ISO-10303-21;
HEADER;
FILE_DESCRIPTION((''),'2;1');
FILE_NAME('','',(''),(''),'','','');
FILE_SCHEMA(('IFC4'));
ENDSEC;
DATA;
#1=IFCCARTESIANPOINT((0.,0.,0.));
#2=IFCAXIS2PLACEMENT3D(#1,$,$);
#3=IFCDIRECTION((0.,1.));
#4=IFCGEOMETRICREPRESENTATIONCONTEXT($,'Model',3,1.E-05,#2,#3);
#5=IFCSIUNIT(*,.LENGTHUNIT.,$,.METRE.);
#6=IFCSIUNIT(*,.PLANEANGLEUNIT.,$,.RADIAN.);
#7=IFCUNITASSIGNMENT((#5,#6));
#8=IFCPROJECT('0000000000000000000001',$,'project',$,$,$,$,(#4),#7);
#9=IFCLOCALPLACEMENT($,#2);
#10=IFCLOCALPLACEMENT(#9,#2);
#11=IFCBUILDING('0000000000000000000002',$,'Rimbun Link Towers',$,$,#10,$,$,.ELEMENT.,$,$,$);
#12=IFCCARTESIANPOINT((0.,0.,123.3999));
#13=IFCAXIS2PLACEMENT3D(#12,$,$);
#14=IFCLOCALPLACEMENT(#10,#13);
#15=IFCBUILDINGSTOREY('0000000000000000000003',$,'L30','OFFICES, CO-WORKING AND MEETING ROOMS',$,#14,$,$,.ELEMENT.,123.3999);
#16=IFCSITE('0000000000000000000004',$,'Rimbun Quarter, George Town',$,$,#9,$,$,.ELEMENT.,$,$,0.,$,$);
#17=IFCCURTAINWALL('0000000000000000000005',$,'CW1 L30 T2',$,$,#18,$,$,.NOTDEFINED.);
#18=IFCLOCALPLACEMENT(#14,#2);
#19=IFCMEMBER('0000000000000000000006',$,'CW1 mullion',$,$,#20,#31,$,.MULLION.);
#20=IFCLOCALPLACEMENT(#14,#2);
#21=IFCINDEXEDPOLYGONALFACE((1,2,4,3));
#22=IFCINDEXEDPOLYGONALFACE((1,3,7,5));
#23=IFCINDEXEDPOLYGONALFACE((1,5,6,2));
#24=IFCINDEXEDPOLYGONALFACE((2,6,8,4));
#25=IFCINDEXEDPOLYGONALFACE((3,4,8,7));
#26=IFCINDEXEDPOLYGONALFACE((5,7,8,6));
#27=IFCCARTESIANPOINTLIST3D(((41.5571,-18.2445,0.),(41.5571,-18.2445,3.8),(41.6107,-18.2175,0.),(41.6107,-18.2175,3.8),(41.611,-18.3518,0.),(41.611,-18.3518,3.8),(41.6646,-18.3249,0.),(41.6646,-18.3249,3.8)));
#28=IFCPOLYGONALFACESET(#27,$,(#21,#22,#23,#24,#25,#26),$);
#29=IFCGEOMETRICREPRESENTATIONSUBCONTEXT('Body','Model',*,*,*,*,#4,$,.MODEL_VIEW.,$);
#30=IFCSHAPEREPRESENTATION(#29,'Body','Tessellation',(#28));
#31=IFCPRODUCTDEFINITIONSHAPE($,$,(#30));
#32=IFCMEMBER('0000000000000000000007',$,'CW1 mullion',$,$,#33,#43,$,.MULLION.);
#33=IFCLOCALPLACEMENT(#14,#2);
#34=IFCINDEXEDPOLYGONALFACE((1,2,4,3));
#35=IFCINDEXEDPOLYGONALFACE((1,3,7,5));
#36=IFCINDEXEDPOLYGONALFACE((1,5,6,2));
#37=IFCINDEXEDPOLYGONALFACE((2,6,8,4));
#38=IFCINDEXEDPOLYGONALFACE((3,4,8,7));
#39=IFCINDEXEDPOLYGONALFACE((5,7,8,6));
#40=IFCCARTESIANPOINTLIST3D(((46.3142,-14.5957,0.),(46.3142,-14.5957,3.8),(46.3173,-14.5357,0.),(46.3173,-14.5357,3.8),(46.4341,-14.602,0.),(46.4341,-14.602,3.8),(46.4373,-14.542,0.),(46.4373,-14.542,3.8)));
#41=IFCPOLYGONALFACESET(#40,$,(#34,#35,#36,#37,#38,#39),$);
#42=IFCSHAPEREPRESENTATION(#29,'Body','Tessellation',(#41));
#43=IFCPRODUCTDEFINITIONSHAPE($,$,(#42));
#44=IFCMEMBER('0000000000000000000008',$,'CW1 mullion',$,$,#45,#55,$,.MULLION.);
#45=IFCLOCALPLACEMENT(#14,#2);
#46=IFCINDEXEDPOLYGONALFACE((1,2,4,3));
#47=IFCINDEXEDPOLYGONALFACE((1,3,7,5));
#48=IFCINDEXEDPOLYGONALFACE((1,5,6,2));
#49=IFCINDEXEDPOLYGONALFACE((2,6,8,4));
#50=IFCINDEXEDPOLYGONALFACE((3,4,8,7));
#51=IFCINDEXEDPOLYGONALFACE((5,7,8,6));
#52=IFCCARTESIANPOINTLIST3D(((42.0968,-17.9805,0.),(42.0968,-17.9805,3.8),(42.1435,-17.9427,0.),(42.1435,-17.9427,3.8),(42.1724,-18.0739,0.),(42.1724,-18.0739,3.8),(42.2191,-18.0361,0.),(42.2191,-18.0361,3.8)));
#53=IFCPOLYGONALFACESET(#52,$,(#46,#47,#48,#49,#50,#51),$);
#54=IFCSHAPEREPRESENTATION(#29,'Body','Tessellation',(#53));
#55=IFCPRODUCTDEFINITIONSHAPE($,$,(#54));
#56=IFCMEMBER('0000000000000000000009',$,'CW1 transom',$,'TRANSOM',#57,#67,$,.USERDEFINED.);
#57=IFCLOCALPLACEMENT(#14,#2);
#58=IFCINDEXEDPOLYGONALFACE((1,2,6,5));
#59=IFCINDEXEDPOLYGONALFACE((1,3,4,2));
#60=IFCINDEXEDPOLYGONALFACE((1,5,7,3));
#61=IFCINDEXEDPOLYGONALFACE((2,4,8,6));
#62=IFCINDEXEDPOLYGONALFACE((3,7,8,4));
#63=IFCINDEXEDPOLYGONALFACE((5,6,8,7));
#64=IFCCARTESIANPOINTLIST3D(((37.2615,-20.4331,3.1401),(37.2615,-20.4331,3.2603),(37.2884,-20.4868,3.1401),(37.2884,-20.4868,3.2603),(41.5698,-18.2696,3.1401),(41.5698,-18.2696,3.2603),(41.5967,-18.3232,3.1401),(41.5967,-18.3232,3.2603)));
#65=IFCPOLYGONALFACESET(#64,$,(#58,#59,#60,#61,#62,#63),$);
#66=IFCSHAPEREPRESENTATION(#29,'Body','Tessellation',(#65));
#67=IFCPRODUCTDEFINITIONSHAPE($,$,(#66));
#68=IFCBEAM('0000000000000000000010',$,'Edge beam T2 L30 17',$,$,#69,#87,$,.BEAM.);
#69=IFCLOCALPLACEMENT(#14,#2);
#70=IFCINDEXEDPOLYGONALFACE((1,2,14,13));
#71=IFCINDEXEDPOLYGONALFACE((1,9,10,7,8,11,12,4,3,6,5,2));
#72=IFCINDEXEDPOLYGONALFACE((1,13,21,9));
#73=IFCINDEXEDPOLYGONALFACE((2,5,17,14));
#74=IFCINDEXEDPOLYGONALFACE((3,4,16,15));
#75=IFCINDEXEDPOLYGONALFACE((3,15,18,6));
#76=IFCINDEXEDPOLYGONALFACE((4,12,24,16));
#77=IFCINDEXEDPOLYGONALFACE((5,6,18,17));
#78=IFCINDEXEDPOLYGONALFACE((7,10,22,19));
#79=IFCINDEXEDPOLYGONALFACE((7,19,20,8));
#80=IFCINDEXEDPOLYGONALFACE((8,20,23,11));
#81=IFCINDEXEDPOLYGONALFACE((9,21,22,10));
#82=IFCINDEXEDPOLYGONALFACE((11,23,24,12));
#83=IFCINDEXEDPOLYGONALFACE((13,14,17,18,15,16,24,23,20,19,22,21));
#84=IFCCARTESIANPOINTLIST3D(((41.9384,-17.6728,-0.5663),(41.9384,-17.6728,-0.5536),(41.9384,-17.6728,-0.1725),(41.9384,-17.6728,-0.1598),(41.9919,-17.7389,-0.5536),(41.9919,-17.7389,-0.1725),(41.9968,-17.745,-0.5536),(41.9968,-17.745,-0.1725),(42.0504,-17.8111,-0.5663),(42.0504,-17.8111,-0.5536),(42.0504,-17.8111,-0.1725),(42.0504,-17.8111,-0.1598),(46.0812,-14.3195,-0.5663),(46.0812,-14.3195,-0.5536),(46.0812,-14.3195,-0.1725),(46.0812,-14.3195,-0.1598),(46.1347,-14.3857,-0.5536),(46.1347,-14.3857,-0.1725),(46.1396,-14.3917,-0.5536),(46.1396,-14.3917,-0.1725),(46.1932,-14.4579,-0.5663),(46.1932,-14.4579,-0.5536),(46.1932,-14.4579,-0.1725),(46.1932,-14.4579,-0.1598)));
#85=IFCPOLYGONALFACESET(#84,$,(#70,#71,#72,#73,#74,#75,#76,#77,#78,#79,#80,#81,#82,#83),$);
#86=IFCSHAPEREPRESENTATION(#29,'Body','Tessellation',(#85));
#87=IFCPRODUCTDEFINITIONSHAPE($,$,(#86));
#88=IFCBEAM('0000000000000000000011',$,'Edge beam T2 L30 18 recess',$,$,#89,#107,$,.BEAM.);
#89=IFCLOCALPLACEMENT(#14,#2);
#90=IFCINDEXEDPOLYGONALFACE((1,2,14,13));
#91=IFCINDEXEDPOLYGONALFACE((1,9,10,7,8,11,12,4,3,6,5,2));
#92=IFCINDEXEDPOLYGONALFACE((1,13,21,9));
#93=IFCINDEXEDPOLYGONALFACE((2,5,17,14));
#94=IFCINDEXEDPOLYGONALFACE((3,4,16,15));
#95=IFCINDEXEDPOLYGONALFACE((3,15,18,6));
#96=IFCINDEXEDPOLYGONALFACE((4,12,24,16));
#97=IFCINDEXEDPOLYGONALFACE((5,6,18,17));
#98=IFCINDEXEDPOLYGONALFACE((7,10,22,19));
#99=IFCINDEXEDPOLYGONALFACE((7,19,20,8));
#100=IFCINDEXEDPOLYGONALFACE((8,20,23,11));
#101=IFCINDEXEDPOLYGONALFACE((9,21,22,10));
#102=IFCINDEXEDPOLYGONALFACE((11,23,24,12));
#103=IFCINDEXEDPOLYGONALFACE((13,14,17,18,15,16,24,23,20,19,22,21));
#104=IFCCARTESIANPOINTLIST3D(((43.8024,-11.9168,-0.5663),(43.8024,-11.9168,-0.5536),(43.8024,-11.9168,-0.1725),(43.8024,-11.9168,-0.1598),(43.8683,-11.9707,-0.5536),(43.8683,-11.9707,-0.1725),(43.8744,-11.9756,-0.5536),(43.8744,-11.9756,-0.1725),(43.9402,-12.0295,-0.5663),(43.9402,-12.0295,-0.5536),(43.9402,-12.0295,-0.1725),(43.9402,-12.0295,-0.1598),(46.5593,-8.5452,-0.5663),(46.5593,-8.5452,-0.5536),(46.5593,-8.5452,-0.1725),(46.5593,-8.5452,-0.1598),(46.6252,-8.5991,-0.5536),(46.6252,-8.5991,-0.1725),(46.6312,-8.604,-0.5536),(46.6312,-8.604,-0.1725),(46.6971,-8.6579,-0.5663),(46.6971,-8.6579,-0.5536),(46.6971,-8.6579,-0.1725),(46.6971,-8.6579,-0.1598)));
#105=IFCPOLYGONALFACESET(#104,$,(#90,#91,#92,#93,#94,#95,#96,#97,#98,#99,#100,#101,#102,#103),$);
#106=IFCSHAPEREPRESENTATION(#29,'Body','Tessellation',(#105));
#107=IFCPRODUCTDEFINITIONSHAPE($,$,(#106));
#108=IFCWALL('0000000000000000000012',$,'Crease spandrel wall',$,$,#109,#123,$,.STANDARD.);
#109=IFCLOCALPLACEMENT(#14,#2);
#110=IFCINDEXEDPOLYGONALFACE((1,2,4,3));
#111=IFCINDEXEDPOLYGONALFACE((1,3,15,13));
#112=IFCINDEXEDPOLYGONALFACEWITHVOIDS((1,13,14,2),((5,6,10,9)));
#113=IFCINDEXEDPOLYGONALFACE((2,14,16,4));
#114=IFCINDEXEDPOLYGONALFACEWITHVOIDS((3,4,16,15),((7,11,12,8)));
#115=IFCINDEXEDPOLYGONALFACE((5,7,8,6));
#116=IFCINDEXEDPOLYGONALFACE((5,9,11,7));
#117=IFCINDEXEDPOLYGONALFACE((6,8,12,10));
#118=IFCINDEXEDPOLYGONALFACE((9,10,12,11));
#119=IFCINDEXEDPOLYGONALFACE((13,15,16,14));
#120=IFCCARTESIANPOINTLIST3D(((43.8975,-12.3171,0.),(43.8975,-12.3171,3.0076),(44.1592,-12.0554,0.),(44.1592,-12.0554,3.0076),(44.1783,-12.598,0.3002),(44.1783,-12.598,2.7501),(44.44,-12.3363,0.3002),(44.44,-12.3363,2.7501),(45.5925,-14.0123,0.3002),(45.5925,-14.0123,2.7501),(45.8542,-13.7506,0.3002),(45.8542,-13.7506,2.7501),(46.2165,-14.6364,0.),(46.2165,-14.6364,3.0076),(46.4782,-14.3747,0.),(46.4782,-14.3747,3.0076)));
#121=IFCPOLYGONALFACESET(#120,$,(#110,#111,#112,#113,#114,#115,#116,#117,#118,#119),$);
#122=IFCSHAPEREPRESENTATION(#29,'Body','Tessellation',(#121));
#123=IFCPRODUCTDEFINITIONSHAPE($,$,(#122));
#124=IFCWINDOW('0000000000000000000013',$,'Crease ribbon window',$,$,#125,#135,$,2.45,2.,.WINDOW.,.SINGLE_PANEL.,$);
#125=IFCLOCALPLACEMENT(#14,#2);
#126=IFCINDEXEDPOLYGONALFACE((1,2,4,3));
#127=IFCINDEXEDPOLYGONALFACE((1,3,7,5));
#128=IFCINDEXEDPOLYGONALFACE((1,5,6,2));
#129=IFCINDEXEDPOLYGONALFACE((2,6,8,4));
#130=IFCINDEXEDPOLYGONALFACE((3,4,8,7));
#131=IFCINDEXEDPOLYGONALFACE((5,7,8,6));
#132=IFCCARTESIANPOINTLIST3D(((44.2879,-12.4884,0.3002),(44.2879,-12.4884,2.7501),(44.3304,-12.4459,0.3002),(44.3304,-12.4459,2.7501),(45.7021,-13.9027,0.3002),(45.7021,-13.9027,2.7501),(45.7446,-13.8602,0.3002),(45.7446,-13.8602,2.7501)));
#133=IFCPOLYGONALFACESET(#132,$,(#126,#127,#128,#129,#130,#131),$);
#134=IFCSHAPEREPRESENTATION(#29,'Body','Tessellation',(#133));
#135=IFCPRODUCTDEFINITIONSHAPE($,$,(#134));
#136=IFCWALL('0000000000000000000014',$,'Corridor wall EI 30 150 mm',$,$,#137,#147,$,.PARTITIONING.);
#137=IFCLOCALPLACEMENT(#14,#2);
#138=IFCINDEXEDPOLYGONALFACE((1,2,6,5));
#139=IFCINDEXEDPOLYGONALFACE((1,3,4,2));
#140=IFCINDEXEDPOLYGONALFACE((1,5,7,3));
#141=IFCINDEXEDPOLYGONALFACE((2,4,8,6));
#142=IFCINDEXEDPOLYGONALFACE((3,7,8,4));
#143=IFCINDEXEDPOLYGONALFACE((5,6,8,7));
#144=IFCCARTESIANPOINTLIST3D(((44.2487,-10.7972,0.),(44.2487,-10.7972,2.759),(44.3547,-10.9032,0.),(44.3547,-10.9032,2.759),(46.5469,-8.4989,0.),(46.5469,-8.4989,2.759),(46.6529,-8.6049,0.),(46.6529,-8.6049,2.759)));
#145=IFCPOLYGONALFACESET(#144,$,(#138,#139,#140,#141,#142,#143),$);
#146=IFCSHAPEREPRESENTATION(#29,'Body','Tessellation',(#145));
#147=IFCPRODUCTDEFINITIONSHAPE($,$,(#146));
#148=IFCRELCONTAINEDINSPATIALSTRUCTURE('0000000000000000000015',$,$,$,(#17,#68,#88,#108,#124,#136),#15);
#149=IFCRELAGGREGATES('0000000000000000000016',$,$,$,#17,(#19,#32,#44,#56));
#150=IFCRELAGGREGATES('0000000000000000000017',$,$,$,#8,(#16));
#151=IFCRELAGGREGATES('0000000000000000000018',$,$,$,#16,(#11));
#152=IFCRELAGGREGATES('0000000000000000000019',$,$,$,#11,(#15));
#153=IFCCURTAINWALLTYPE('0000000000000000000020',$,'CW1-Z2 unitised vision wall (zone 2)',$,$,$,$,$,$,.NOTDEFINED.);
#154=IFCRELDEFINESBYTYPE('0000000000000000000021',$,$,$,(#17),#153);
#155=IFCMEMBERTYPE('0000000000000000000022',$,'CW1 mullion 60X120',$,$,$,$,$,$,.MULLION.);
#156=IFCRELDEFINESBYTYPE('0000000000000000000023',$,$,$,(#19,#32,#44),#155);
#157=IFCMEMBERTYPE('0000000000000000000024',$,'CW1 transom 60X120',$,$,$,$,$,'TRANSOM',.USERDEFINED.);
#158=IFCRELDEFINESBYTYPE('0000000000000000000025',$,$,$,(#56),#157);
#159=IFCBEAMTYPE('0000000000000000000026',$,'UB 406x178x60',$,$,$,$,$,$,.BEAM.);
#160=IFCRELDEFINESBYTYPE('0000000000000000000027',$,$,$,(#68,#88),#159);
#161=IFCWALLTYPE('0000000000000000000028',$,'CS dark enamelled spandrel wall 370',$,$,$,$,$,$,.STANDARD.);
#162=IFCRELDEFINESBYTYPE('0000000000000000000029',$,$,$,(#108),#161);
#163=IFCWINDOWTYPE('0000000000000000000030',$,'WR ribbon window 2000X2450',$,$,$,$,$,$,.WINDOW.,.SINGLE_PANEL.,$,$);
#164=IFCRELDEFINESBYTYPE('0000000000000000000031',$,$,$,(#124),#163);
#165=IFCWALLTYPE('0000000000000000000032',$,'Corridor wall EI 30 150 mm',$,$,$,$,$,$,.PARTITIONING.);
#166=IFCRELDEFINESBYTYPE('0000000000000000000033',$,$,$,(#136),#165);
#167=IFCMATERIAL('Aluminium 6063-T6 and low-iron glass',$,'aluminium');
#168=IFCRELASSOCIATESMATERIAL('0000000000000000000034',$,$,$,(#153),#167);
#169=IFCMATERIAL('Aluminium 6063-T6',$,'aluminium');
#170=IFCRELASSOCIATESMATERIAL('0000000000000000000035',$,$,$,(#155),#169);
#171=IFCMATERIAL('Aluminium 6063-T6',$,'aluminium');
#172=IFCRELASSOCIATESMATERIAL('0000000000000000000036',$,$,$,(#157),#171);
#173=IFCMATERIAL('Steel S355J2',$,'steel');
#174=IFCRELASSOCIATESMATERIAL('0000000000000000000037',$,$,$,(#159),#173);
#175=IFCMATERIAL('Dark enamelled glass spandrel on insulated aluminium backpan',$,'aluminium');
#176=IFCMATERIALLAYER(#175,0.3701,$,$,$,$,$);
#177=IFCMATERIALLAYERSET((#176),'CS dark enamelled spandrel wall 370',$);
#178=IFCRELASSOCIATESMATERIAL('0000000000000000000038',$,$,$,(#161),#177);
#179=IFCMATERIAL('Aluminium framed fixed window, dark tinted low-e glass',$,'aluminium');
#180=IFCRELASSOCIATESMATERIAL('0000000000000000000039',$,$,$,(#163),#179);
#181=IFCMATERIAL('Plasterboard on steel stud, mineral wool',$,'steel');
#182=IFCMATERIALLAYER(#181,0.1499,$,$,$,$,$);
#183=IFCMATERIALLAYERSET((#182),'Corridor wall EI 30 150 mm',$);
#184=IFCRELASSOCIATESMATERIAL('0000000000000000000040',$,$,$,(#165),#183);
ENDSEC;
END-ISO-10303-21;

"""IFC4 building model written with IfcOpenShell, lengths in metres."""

from ifc_helpers import new_model, si_unit, direction, frame, frame_2d, origin, origin_2d, place, context, subcontext, project, spatial, rectangle, i_section, extrude, material, layer, layer_set, material_profile, profile_set, type_object, element, fill, aggregate, save


model = new_model("IFC4")

# Units and contexts
model_context = context("Model", 3, precision=1e-05, world=origin(), true_north=direction((0.0, 1.0)))
body_context = subcontext(model_context, "Body", "Model", "MODEL_VIEW")
ifc_project = project(units=[si_unit("LENGTHUNIT", "METRE"), si_unit("PLANEANGLEUNIT", "RADIAN")], contexts=[model_context])

# Site, building, storey
site_placement = place(None, origin())
site = spatial("IfcSite", under=ifc_project, at=site_placement, Name="Rimbun Quarter, George Town", CompositionType="ELEMENT", RefElevation=0.0)
building_placement = place(site_placement, origin())
building = spatial("IfcBuilding", under=site, at=building_placement, Name="Rimbun Link Towers", CompositionType="ELEMENT")
storey_placement = place(building_placement, frame((0.0, 0.0, 123.3999)))
storey = spatial("IfcBuildingStorey", under=building, at=storey_placement, Name="L30", Description="OFFICES, CO-WORKING AND MEETING ROOMS", CompositionType="ELEMENT", Elevation=123.3999)

# Curtain wall, members
ifc_material_1 = material(Name="Aluminium 6063-T6 and low-iron glass", Category="aluminium")
curtain_wall_type = type_object("IfcCurtainWallType", Name="CW1-Z2 unitised vision wall (zone 2)", PredefinedType="NOTDEFINED", material=ifc_material_1)
curtain_wall_placement = place(storey_placement, origin())
curtain_wall = element("IfcCurtainWall", 1, at=curtain_wall_placement, inside=storey, type_object=curtain_wall_type, Name="CW1 L30 T2", PredefinedType="NOTDEFINED")
ifc_material_2 = material(Name="Aluminium 6063-T6", Category="aluminium")
ifc_material_profile_1 = material_profile(ifc_material_2, rectangle(XDim=0.1201, YDim=0.0601, at=origin_2d()), Name="MULLION 60X120")
ifc_profile_set_1 = profile_set([ifc_material_profile_1], Name="Aluminium 6063-T6")
member_type_1 = type_object("IfcMemberType", Name="CW1 mullion 60X120", PredefinedType="MULLION", material=ifc_profile_set_1)
member_1_placement = place(storey_placement, frame((41.6108, -18.2847, 0.0), z_axis=(0.0, 0.0, 1.0), x_axis=(0.448789, -0.893638, 0.0)))
member_1 = element("IfcMember", 2, at=member_1_placement, type_object=member_type_1, Name="CW1 mullion", PredefinedType="MULLION", context=body_context, shape_type="SweptSolid", body=[
    extrude(rectangle(XDim=0.1201, YDim=0.0601, at=origin_2d()), origin(), (0.0, 0.0, 1.0), 3.8),
])
member_2_placement = place(storey_placement, frame((46.3757, -14.5688, 0.0), z_axis=(0.0, 0.0, 1.0), x_axis=(0.998624, -0.05244, 0.0)))
member_2 = element("IfcMember", 3, at=member_2_placement, type_object=member_type_1, Name="CW1 mullion", PredefinedType="MULLION", context=body_context, shape_type="SweptSolid", body=[
    extrude(rectangle(XDim=0.1201, YDim=0.0601, at=origin_2d()), origin(), (0.0, 0.0, 1.0), 3.8),
])
member_3_placement = place(storey_placement, frame((42.158, -18.0083, 0.0), z_axis=(0.0, 0.0, 1.0), x_axis=(0.629158, -0.777277, 0.0)))
member_3 = element("IfcMember", 4, at=member_3_placement, type_object=member_type_1, Name="CW1 mullion", PredefinedType="MULLION", context=body_context, shape_type="SweptSolid", body=[
    extrude(rectangle(XDim=0.1201, YDim=0.0601, at=origin_2d()), origin(), (0.0, 0.0, 1.0), 3.8),
])
ifc_material_3 = material(Name="Aluminium 6063-T6", Category="aluminium")
ifc_material_profile_2 = material_profile(ifc_material_3, rectangle(XDim=0.0601, YDim=0.1201, at=origin_2d()), Name="TRANSOM 60X120")
ifc_profile_set_2 = profile_set([ifc_material_profile_2], Name="Aluminium 6063-T6")
member_type_2 = type_object("IfcMemberType", Name="CW1 transom 60X120", ElementType="TRANSOM", PredefinedType="USERDEFINED", material=ifc_profile_set_2)
member_4_placement = place(storey_placement, frame((41.5833, -18.2964, 3.2002), z_axis=(-0.893646, -0.448773, 0.0), x_axis=(0.448773, -0.893646, 0.0)))
member_4 = element("IfcMember", 5, at=member_4_placement, type_object=member_type_2, Name="CW1 transom", ObjectType="TRANSOM", PredefinedType="USERDEFINED", context=body_context, shape_type="SweptSolid", body=[
    extrude(rectangle(XDim=0.0601, YDim=0.1201, at=origin_2d()), origin(), (0.0, 0.0, 1.0), 4.821),
])
aggregate(curtain_wall, [member_1, member_2, member_3, member_4])

# Beams
ifc_material_4 = material(Name="Steel S355J2", Category="steel")
ifc_material_profile_3 = material_profile(ifc_material_4, i_section(OverallWidth=0.178, OverallDepth=0.4065, WebThickness=0.0078, FlangeThickness=0.0127, at=origin_2d()), Name="UB 406x178x60")
ifc_profile_set_3 = profile_set([ifc_material_profile_3], Name="Steel S355J2")
beam_type = type_object("IfcBeamType", Name="UB 406x178x60", PredefinedType="BEAM", material=ifc_profile_set_3)
beam_1_placement = place(storey_placement, frame((41.9944, -17.7419, -0.363), z_axis=(0.777285, 0.629148, 0.0), x_axis=(-0.629148, 0.777285, 0.0)))
element("IfcBeam", 6, at=beam_1_placement, inside=storey, type_object=beam_type, Name="Edge beam T2 L30 17", PredefinedType="BEAM", context=body_context, shape_type="SweptSolid", body=[
    extrude(i_section(OverallWidth=0.178, OverallDepth=0.4065, WebThickness=0.0078, FlangeThickness=0.0127, at=origin_2d()), origin(), (0.0, 0.0, 1.0), 5.3298),
])
beam_2_placement = place(storey_placement, frame((43.8713, -11.9731, -0.363), z_axis=(0.633, 0.774152, 0.0), x_axis=(-0.774152, 0.633, 0.0)))
element("IfcBeam", 7, at=beam_2_placement, inside=storey, type_object=beam_type, Name="Edge beam T2 L30 18 recess", PredefinedType="BEAM", context=body_context, shape_type="SweptSolid", body=[
    extrude(i_section(OverallWidth=0.178, OverallDepth=0.4065, WebThickness=0.0078, FlangeThickness=0.0127, at=origin_2d()), origin(), (0.0, 0.0, 1.0), 4.3552),
])

# Wall, opening, window
ifc_material_5 = material(Name="Dark enamelled glass spandrel on insulated aluminium backpan", Category="aluminium")
ifc_layer_1 = layer(ifc_material_5, 0.3701)
ifc_layer_set_1 = layer_set([ifc_layer_1], Name="CS dark enamelled spandrel wall 370")
wall_type_1 = type_object("IfcWallType", Name="CS dark enamelled spandrel wall 370", PredefinedType="STANDARD", material=ifc_layer_set_1)
wall_1_placement = place(storey_placement, frame((44.0283, -12.1863, 0.0), z_axis=(0.0, 0.0, 1.0), x_axis=(0.70707, -0.707144, 0.0)))
wall_1 = element("IfcWall", 8, at=wall_1_placement, inside=storey, type_object=wall_type_1, Name="Crease spandrel wall", PredefinedType="STANDARD", context=body_context, shape_type="SweptSolid", body=[
    extrude(rectangle(XDim=3.2798, YDim=0.3701, at=frame_2d((1.6399, 0.0))), origin(), (0.0, 0.0, 1.0), 3.0076),
])
opening_1_placement = place(wall_1_placement, frame((0.3972, 0.0, 0.3)))
opening_1 = element("IfcOpeningElement", 9, at=opening_1_placement, cuts=wall_1, PredefinedType="OPENING", context=body_context, shape_type="SweptSolid", body=[
    extrude(rectangle(XDim=2.0, YDim=2.45, at=frame_2d((1.0, 1.2251))), frame((0.0, 0.1951, 0.0), z_axis=(0.0, -1.0, 0.0), x_axis=(1.0, 0.0, 0.0)), (0.0, 0.0, 1.0), 0.3901),
])
ifc_material_6 = material(Name="Aluminium framed fixed window, dark tinted low-e glass", Category="aluminium")
window_type = type_object("IfcWindowType", Name="WR ribbon window 2000X2450", PartitioningType="SINGLE_PANEL", PredefinedType="WINDOW", material=ifc_material_6)
window_placement = place(opening_1_placement, origin())
window = element("IfcWindow", 10, at=window_placement, inside=storey, type_object=window_type, Name="Crease ribbon window", OverallHeight=2.45, OverallWidth=2.0, PartitioningType="SINGLE_PANEL", PredefinedType="WINDOW", context=body_context, shape_type="SweptSolid", body=[
    extrude(rectangle(XDim=2.0, YDim=2.45, at=frame_2d((1.0, 1.2251))), frame((0.0, 0.03, 0.0), z_axis=(0.0, -1.0, 0.0), x_axis=(1.0, 0.0, 0.0)), (0.0, 0.0, 1.0), 0.0601),
])
fill(opening_1, window)

# Wall
ifc_material_7 = material(Name="Plasterboard on steel stud, mineral wool", Category="steel")
ifc_layer_2 = layer(ifc_material_7, 0.1499)
ifc_layer_set_2 = layer_set([ifc_layer_2], Name="Corridor wall EI 30 150 mm")
wall_type_2 = type_object("IfcWallType", Name="Corridor wall EI 30 150 mm", PredefinedType="PARTITIONING", material=ifc_layer_set_2)
wall_2_placement = place(storey_placement, frame((44.3018, -10.8501, 0.0), z_axis=(0.0, 0.0, 1.0), x_axis=(0.707107, 0.707107, 0.0)))
element("IfcWall", 11, at=wall_2_placement, inside=storey, type_object=wall_type_2, Name="Corridor wall EI 30 150 mm", PredefinedType="PARTITIONING", context=body_context, shape_type="SweptSolid", body=[
    extrude(rectangle(XDim=3.2502, YDim=0.1499, at=frame_2d((1.625, 0.0))), origin(), (0.0, 0.0, 1.0), 2.759),
])

save(model, "model.ifc")
